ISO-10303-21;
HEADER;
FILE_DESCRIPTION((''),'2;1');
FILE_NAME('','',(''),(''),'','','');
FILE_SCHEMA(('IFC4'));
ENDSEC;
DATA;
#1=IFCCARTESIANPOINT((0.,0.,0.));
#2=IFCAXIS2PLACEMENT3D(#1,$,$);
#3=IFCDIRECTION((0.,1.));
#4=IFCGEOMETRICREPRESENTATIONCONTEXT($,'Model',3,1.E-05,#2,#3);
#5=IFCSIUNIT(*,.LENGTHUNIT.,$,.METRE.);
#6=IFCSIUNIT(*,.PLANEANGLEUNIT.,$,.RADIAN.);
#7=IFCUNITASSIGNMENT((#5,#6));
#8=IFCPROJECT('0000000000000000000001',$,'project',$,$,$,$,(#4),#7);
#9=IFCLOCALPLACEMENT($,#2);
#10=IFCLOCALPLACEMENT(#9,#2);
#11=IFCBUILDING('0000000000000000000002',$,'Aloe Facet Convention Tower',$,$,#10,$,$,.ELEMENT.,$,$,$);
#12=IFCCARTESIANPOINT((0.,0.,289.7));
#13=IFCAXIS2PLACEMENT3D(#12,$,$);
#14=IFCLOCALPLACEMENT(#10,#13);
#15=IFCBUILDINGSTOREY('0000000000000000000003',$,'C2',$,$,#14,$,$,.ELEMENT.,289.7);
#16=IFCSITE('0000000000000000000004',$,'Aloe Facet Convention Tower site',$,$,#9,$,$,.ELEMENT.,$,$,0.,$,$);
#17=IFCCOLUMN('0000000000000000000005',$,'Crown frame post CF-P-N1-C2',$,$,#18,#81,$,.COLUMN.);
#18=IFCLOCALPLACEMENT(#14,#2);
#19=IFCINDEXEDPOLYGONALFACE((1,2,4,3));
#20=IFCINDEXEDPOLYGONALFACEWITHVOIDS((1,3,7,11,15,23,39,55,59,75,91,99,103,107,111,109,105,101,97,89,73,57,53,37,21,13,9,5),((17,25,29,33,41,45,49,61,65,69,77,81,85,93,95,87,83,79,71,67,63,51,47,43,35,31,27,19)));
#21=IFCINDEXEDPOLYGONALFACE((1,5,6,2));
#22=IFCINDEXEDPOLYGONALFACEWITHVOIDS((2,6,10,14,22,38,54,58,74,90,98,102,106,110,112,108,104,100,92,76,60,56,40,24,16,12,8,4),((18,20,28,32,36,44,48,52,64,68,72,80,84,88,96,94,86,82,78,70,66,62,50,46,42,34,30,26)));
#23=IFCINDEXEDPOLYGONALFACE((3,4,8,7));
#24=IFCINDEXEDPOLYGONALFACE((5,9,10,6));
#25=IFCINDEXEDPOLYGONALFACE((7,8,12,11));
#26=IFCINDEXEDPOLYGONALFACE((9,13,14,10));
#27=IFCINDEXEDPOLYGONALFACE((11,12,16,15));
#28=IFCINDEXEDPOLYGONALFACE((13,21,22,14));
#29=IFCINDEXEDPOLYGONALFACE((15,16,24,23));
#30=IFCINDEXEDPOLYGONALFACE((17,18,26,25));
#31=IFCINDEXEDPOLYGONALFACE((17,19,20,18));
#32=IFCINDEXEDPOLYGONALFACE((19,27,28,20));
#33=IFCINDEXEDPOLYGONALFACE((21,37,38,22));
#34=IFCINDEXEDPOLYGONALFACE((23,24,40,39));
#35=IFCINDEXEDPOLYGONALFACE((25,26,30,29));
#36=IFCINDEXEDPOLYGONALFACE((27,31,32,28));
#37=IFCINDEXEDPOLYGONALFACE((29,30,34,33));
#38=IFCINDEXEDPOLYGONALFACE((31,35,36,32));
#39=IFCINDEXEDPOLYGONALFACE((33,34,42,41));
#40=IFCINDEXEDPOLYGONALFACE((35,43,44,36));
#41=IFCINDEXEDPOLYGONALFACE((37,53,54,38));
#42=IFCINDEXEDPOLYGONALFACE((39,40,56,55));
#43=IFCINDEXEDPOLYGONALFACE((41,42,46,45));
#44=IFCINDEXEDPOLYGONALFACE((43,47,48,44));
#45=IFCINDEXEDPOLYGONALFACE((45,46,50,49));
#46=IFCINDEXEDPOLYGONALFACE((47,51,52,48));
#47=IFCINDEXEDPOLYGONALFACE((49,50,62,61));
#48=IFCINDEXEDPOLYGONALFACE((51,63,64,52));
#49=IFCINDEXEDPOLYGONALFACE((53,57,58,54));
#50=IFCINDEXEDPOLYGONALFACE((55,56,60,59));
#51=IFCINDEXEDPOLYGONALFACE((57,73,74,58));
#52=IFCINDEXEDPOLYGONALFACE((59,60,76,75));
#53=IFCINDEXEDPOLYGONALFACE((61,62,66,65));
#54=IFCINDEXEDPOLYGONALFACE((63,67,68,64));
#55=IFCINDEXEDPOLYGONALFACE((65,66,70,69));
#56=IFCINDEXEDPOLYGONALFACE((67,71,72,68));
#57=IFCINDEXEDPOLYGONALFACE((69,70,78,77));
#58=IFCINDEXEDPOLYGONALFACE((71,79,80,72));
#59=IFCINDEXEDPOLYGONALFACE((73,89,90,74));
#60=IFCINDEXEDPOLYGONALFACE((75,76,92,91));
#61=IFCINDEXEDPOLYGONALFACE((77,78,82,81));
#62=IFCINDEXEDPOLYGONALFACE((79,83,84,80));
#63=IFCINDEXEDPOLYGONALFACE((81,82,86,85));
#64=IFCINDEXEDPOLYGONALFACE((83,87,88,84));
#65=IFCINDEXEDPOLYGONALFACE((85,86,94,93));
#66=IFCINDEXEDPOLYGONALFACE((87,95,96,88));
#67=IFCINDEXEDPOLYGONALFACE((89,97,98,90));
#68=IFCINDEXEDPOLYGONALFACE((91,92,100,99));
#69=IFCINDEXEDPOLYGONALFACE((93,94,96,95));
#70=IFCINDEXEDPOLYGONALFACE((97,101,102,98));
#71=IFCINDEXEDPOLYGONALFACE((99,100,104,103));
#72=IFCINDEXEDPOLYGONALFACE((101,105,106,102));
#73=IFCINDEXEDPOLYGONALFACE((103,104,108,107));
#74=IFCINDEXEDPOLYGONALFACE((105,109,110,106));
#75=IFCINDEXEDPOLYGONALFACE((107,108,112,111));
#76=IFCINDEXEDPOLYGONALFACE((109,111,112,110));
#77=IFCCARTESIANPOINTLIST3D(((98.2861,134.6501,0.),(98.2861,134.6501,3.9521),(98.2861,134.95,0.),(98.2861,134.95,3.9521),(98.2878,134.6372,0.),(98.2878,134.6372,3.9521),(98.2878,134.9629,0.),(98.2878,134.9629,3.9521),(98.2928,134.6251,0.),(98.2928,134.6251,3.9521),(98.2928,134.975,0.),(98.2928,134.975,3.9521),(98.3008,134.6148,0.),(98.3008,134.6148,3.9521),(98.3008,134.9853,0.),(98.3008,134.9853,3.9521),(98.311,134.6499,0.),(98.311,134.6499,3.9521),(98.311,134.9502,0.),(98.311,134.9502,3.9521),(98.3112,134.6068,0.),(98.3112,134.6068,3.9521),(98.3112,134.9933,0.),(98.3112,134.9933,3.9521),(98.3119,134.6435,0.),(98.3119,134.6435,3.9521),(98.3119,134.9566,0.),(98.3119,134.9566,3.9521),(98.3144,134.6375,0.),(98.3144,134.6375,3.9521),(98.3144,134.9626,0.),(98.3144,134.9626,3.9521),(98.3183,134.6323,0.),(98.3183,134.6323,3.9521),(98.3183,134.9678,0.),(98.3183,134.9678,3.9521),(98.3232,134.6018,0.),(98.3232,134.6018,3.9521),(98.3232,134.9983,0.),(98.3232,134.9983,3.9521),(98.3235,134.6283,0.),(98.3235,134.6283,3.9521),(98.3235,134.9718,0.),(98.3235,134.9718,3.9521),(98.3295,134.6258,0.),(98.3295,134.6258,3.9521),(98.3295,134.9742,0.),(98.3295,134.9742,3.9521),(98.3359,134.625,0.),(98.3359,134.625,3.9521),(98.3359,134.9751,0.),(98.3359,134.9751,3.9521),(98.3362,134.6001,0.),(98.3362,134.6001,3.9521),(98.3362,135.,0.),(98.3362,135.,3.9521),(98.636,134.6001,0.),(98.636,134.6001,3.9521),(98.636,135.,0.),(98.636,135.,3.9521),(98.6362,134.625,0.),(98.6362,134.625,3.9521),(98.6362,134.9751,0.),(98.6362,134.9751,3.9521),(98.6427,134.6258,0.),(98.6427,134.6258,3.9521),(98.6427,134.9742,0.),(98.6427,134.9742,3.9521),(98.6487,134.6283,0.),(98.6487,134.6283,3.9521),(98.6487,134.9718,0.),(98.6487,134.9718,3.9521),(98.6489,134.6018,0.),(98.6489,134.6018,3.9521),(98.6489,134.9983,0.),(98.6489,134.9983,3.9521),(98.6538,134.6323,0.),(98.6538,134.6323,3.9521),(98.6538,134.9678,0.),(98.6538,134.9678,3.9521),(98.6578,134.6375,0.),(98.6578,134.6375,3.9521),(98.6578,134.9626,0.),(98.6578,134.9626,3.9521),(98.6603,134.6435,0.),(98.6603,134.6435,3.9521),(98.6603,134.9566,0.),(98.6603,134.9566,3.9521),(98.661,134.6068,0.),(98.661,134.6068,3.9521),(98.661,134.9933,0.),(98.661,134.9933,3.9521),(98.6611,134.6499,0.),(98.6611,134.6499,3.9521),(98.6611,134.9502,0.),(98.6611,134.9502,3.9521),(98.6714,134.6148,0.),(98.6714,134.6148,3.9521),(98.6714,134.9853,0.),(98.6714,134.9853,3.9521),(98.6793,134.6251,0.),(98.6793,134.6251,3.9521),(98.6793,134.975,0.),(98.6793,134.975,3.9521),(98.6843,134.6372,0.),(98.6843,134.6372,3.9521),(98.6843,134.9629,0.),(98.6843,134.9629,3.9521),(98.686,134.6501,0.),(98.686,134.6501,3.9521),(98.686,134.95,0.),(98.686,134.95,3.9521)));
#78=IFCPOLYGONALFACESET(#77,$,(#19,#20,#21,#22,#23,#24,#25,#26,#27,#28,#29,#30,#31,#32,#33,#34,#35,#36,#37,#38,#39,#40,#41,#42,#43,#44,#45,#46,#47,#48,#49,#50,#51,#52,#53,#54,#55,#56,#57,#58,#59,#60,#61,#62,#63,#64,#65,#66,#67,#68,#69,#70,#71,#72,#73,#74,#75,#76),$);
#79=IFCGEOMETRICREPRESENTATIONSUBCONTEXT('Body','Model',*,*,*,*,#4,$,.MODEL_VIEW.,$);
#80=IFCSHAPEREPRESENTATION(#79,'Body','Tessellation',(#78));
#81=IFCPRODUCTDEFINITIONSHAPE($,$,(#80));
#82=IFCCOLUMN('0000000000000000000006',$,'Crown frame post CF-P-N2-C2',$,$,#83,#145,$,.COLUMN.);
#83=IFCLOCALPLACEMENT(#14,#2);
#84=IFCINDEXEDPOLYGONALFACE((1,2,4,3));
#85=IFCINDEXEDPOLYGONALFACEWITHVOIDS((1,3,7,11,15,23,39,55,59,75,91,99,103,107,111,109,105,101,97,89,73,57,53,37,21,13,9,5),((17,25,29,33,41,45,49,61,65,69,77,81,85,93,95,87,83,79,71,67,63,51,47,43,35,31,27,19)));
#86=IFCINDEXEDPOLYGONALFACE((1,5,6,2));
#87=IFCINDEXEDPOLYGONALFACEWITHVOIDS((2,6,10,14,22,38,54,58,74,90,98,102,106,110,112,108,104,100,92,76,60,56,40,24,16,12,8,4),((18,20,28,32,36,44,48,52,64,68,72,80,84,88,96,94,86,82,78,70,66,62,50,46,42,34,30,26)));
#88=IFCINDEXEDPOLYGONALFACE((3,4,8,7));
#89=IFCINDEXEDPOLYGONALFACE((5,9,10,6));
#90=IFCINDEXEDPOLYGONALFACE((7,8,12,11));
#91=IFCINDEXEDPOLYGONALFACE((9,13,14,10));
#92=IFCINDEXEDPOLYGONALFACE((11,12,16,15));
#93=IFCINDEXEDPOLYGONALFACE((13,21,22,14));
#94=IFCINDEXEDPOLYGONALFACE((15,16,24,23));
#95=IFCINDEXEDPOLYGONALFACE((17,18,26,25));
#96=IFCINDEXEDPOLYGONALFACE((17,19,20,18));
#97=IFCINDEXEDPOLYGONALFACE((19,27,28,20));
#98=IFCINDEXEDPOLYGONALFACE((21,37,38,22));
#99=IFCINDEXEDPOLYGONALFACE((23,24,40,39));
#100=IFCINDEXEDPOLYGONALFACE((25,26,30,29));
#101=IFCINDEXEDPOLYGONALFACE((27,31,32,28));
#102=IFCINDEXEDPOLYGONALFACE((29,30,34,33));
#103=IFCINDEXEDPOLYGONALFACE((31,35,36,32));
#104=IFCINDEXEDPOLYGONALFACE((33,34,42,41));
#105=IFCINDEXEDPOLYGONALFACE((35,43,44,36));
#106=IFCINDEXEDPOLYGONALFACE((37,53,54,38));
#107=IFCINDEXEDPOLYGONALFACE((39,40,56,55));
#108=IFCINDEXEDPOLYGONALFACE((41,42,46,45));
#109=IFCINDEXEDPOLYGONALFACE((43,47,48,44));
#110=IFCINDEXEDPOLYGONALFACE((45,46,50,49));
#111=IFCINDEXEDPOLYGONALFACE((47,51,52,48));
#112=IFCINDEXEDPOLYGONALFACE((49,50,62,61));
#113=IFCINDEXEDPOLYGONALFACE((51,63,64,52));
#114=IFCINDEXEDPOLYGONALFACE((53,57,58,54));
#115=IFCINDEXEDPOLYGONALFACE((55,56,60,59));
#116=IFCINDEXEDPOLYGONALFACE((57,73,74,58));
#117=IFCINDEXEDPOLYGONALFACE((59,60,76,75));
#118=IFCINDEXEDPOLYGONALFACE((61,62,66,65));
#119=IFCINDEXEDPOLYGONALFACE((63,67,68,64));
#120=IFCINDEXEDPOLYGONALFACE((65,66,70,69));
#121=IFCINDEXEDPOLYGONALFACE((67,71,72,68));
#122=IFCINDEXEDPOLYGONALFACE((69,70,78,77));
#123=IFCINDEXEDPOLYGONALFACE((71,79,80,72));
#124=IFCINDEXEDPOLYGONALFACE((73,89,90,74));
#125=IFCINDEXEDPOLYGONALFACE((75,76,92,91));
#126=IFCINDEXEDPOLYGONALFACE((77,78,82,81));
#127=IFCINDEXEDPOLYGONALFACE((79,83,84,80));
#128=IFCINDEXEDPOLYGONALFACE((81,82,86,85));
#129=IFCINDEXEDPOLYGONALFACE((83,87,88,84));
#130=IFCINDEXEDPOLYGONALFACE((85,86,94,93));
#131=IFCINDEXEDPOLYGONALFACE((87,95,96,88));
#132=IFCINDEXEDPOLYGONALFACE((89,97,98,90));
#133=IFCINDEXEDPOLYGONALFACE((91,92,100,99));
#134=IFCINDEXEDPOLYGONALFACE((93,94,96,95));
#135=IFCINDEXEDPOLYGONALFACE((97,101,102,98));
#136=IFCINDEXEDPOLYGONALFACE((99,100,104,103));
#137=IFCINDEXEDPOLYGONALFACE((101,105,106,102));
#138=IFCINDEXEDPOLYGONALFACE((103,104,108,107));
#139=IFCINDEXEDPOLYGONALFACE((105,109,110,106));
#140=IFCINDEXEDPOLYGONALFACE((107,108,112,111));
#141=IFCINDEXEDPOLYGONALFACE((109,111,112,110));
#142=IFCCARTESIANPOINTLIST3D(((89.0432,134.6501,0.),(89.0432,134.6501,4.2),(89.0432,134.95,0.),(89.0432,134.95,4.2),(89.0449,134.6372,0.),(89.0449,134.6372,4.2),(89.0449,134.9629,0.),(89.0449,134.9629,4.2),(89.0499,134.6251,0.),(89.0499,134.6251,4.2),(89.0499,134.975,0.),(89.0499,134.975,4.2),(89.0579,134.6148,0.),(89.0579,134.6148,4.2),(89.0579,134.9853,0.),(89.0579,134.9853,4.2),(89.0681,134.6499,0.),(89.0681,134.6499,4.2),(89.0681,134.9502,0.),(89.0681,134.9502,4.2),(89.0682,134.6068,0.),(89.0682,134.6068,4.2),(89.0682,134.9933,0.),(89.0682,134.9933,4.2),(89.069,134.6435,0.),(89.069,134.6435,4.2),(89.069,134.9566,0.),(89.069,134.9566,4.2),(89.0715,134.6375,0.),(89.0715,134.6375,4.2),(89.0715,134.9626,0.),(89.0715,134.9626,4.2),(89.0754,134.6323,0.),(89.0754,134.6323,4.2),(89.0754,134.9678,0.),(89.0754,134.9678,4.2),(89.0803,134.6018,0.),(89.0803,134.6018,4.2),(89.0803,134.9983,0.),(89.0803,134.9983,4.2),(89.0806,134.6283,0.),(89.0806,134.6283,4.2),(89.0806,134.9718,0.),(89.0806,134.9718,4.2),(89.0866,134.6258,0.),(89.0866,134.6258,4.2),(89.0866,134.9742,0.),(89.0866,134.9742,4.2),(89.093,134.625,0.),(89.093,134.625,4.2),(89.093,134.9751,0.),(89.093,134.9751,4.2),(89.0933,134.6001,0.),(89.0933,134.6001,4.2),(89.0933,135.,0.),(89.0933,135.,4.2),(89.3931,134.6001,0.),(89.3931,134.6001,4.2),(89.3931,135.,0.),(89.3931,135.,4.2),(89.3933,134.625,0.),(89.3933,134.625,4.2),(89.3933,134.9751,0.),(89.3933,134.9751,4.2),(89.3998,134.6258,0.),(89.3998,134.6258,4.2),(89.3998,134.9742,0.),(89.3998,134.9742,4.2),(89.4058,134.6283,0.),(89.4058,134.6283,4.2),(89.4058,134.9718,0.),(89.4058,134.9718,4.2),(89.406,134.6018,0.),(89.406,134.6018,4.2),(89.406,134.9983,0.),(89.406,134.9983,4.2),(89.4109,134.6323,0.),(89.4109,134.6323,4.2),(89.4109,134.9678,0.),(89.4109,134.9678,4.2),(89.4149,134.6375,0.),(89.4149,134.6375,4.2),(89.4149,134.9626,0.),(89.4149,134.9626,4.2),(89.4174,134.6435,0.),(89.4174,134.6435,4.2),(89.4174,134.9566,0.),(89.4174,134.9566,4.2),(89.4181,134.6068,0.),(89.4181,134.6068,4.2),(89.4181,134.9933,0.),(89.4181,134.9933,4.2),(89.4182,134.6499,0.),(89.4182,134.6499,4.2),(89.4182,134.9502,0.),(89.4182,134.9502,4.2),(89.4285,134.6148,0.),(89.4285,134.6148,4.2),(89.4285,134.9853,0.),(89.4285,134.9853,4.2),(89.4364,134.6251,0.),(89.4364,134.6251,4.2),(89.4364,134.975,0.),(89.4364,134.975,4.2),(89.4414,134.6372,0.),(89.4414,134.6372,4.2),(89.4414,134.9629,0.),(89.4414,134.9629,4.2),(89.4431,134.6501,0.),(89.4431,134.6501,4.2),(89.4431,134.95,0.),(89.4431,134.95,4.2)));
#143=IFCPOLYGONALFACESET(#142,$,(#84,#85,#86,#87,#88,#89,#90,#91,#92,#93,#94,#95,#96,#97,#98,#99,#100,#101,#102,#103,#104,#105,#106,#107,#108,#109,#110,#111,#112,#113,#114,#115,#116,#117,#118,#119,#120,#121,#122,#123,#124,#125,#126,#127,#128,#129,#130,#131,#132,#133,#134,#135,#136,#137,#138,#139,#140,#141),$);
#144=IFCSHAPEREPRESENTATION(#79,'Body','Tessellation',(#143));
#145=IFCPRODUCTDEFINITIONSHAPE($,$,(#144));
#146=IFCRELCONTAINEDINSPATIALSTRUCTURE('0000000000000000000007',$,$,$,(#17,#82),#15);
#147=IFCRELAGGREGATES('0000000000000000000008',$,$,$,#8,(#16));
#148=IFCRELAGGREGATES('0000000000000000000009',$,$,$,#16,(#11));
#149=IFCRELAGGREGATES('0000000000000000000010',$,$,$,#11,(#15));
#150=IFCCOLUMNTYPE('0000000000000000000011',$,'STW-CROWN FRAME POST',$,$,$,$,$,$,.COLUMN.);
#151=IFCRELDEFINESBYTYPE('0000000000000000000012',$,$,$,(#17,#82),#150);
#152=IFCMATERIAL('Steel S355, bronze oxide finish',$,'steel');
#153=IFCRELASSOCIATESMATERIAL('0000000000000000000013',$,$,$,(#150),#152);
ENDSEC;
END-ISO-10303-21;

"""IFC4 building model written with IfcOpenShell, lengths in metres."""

from ifc_helpers import new_model, si_unit, direction, frame, origin, origin_2d, place, context, subcontext, project, spatial, hollow_rectangle, extrude, material, material_profile, profile_set, type_object, element, save


model = new_model("IFC4")

# Units and contexts
model_context = context("Model", 3, precision=1e-05, world=origin(), true_north=direction((0.0, 1.0)))
body_context = subcontext(model_context, "Body", "Model", "MODEL_VIEW")
ifc_project = project(units=[si_unit("LENGTHUNIT", "METRE"), si_unit("PLANEANGLEUNIT", "RADIAN")], contexts=[model_context])

# Site, building, storey
site_placement = place(None, origin())
site = spatial("IfcSite", under=ifc_project, at=site_placement, Name="Aloe Facet Convention Tower site", CompositionType="ELEMENT", RefElevation=0.0)
building_placement = place(site_placement, origin())
building = spatial("IfcBuilding", under=site, at=building_placement, Name="Aloe Facet Convention Tower", CompositionType="ELEMENT")
storey_placement = place(building_placement, frame((0.0, 0.0, 289.7)))
storey = spatial("IfcBuildingStorey", under=building, at=storey_placement, Name="C2", CompositionType="ELEMENT", Elevation=289.7)

# Columns
ifc_material_1 = material(Name="Steel S355, bronze oxide finish", Category="steel")
ifc_material_profile_1 = material_profile(ifc_material_1, hollow_rectangle(XDim=0.3999, YDim=0.3999, WallThickness=0.0249, InnerFilletRadius=0.0249, OuterFilletRadius=0.05, at=origin_2d()), Name="SHS 400x400x25")
ifc_profile_set_1 = profile_set([ifc_material_profile_1], Name="Steel S355, bronze oxide finish")
column_type = type_object("IfcColumnType", Name="STW-CROWN FRAME POST", PredefinedType="COLUMN", material=ifc_profile_set_1)
column_placement = place(storey_placement, frame((98.4861, 134.8, 0.0), z_axis=(0.0, 0.0, 1.0), x_axis=(1.0, 0.0, 0.0)))
element("IfcColumn", 1, at=column_placement, inside=storey, type_object=column_type, Name="Crown frame post CF-P-N1-C2", PredefinedType="COLUMN", context=body_context, shape_type="SweptSolid", body=[
    extrude(hollow_rectangle(XDim=0.3999, YDim=0.3999, WallThickness=0.0249, InnerFilletRadius=0.0249, OuterFilletRadius=0.05, at=origin_2d()), origin(), (0.0, 0.0, 1.0), 3.9521),
])
for number, where, z_axis, x_axis, name in (
    (2, (89.2432, 134.8, 0.0), (0.0, 0.0, 1.0), (1.0, 0.0, 0.0), "Crown frame post CF-P-N2-C2"),
):
    element("IfcColumn", number, at=place(storey_placement, frame(where, z_axis=z_axis, x_axis=x_axis)), inside=storey, type_object=column_type, Name=name, PredefinedType="COLUMN", context=body_context, shape_type="SweptSolid", body=[
        extrude(hollow_rectangle(XDim=0.3999, YDim=0.3999, WallThickness=0.0249, InnerFilletRadius=0.0249, OuterFilletRadius=0.05, at=origin_2d()), origin(), (0.0, 0.0, 1.0), 4.2),
    ])

save(model, "model.ifc")
